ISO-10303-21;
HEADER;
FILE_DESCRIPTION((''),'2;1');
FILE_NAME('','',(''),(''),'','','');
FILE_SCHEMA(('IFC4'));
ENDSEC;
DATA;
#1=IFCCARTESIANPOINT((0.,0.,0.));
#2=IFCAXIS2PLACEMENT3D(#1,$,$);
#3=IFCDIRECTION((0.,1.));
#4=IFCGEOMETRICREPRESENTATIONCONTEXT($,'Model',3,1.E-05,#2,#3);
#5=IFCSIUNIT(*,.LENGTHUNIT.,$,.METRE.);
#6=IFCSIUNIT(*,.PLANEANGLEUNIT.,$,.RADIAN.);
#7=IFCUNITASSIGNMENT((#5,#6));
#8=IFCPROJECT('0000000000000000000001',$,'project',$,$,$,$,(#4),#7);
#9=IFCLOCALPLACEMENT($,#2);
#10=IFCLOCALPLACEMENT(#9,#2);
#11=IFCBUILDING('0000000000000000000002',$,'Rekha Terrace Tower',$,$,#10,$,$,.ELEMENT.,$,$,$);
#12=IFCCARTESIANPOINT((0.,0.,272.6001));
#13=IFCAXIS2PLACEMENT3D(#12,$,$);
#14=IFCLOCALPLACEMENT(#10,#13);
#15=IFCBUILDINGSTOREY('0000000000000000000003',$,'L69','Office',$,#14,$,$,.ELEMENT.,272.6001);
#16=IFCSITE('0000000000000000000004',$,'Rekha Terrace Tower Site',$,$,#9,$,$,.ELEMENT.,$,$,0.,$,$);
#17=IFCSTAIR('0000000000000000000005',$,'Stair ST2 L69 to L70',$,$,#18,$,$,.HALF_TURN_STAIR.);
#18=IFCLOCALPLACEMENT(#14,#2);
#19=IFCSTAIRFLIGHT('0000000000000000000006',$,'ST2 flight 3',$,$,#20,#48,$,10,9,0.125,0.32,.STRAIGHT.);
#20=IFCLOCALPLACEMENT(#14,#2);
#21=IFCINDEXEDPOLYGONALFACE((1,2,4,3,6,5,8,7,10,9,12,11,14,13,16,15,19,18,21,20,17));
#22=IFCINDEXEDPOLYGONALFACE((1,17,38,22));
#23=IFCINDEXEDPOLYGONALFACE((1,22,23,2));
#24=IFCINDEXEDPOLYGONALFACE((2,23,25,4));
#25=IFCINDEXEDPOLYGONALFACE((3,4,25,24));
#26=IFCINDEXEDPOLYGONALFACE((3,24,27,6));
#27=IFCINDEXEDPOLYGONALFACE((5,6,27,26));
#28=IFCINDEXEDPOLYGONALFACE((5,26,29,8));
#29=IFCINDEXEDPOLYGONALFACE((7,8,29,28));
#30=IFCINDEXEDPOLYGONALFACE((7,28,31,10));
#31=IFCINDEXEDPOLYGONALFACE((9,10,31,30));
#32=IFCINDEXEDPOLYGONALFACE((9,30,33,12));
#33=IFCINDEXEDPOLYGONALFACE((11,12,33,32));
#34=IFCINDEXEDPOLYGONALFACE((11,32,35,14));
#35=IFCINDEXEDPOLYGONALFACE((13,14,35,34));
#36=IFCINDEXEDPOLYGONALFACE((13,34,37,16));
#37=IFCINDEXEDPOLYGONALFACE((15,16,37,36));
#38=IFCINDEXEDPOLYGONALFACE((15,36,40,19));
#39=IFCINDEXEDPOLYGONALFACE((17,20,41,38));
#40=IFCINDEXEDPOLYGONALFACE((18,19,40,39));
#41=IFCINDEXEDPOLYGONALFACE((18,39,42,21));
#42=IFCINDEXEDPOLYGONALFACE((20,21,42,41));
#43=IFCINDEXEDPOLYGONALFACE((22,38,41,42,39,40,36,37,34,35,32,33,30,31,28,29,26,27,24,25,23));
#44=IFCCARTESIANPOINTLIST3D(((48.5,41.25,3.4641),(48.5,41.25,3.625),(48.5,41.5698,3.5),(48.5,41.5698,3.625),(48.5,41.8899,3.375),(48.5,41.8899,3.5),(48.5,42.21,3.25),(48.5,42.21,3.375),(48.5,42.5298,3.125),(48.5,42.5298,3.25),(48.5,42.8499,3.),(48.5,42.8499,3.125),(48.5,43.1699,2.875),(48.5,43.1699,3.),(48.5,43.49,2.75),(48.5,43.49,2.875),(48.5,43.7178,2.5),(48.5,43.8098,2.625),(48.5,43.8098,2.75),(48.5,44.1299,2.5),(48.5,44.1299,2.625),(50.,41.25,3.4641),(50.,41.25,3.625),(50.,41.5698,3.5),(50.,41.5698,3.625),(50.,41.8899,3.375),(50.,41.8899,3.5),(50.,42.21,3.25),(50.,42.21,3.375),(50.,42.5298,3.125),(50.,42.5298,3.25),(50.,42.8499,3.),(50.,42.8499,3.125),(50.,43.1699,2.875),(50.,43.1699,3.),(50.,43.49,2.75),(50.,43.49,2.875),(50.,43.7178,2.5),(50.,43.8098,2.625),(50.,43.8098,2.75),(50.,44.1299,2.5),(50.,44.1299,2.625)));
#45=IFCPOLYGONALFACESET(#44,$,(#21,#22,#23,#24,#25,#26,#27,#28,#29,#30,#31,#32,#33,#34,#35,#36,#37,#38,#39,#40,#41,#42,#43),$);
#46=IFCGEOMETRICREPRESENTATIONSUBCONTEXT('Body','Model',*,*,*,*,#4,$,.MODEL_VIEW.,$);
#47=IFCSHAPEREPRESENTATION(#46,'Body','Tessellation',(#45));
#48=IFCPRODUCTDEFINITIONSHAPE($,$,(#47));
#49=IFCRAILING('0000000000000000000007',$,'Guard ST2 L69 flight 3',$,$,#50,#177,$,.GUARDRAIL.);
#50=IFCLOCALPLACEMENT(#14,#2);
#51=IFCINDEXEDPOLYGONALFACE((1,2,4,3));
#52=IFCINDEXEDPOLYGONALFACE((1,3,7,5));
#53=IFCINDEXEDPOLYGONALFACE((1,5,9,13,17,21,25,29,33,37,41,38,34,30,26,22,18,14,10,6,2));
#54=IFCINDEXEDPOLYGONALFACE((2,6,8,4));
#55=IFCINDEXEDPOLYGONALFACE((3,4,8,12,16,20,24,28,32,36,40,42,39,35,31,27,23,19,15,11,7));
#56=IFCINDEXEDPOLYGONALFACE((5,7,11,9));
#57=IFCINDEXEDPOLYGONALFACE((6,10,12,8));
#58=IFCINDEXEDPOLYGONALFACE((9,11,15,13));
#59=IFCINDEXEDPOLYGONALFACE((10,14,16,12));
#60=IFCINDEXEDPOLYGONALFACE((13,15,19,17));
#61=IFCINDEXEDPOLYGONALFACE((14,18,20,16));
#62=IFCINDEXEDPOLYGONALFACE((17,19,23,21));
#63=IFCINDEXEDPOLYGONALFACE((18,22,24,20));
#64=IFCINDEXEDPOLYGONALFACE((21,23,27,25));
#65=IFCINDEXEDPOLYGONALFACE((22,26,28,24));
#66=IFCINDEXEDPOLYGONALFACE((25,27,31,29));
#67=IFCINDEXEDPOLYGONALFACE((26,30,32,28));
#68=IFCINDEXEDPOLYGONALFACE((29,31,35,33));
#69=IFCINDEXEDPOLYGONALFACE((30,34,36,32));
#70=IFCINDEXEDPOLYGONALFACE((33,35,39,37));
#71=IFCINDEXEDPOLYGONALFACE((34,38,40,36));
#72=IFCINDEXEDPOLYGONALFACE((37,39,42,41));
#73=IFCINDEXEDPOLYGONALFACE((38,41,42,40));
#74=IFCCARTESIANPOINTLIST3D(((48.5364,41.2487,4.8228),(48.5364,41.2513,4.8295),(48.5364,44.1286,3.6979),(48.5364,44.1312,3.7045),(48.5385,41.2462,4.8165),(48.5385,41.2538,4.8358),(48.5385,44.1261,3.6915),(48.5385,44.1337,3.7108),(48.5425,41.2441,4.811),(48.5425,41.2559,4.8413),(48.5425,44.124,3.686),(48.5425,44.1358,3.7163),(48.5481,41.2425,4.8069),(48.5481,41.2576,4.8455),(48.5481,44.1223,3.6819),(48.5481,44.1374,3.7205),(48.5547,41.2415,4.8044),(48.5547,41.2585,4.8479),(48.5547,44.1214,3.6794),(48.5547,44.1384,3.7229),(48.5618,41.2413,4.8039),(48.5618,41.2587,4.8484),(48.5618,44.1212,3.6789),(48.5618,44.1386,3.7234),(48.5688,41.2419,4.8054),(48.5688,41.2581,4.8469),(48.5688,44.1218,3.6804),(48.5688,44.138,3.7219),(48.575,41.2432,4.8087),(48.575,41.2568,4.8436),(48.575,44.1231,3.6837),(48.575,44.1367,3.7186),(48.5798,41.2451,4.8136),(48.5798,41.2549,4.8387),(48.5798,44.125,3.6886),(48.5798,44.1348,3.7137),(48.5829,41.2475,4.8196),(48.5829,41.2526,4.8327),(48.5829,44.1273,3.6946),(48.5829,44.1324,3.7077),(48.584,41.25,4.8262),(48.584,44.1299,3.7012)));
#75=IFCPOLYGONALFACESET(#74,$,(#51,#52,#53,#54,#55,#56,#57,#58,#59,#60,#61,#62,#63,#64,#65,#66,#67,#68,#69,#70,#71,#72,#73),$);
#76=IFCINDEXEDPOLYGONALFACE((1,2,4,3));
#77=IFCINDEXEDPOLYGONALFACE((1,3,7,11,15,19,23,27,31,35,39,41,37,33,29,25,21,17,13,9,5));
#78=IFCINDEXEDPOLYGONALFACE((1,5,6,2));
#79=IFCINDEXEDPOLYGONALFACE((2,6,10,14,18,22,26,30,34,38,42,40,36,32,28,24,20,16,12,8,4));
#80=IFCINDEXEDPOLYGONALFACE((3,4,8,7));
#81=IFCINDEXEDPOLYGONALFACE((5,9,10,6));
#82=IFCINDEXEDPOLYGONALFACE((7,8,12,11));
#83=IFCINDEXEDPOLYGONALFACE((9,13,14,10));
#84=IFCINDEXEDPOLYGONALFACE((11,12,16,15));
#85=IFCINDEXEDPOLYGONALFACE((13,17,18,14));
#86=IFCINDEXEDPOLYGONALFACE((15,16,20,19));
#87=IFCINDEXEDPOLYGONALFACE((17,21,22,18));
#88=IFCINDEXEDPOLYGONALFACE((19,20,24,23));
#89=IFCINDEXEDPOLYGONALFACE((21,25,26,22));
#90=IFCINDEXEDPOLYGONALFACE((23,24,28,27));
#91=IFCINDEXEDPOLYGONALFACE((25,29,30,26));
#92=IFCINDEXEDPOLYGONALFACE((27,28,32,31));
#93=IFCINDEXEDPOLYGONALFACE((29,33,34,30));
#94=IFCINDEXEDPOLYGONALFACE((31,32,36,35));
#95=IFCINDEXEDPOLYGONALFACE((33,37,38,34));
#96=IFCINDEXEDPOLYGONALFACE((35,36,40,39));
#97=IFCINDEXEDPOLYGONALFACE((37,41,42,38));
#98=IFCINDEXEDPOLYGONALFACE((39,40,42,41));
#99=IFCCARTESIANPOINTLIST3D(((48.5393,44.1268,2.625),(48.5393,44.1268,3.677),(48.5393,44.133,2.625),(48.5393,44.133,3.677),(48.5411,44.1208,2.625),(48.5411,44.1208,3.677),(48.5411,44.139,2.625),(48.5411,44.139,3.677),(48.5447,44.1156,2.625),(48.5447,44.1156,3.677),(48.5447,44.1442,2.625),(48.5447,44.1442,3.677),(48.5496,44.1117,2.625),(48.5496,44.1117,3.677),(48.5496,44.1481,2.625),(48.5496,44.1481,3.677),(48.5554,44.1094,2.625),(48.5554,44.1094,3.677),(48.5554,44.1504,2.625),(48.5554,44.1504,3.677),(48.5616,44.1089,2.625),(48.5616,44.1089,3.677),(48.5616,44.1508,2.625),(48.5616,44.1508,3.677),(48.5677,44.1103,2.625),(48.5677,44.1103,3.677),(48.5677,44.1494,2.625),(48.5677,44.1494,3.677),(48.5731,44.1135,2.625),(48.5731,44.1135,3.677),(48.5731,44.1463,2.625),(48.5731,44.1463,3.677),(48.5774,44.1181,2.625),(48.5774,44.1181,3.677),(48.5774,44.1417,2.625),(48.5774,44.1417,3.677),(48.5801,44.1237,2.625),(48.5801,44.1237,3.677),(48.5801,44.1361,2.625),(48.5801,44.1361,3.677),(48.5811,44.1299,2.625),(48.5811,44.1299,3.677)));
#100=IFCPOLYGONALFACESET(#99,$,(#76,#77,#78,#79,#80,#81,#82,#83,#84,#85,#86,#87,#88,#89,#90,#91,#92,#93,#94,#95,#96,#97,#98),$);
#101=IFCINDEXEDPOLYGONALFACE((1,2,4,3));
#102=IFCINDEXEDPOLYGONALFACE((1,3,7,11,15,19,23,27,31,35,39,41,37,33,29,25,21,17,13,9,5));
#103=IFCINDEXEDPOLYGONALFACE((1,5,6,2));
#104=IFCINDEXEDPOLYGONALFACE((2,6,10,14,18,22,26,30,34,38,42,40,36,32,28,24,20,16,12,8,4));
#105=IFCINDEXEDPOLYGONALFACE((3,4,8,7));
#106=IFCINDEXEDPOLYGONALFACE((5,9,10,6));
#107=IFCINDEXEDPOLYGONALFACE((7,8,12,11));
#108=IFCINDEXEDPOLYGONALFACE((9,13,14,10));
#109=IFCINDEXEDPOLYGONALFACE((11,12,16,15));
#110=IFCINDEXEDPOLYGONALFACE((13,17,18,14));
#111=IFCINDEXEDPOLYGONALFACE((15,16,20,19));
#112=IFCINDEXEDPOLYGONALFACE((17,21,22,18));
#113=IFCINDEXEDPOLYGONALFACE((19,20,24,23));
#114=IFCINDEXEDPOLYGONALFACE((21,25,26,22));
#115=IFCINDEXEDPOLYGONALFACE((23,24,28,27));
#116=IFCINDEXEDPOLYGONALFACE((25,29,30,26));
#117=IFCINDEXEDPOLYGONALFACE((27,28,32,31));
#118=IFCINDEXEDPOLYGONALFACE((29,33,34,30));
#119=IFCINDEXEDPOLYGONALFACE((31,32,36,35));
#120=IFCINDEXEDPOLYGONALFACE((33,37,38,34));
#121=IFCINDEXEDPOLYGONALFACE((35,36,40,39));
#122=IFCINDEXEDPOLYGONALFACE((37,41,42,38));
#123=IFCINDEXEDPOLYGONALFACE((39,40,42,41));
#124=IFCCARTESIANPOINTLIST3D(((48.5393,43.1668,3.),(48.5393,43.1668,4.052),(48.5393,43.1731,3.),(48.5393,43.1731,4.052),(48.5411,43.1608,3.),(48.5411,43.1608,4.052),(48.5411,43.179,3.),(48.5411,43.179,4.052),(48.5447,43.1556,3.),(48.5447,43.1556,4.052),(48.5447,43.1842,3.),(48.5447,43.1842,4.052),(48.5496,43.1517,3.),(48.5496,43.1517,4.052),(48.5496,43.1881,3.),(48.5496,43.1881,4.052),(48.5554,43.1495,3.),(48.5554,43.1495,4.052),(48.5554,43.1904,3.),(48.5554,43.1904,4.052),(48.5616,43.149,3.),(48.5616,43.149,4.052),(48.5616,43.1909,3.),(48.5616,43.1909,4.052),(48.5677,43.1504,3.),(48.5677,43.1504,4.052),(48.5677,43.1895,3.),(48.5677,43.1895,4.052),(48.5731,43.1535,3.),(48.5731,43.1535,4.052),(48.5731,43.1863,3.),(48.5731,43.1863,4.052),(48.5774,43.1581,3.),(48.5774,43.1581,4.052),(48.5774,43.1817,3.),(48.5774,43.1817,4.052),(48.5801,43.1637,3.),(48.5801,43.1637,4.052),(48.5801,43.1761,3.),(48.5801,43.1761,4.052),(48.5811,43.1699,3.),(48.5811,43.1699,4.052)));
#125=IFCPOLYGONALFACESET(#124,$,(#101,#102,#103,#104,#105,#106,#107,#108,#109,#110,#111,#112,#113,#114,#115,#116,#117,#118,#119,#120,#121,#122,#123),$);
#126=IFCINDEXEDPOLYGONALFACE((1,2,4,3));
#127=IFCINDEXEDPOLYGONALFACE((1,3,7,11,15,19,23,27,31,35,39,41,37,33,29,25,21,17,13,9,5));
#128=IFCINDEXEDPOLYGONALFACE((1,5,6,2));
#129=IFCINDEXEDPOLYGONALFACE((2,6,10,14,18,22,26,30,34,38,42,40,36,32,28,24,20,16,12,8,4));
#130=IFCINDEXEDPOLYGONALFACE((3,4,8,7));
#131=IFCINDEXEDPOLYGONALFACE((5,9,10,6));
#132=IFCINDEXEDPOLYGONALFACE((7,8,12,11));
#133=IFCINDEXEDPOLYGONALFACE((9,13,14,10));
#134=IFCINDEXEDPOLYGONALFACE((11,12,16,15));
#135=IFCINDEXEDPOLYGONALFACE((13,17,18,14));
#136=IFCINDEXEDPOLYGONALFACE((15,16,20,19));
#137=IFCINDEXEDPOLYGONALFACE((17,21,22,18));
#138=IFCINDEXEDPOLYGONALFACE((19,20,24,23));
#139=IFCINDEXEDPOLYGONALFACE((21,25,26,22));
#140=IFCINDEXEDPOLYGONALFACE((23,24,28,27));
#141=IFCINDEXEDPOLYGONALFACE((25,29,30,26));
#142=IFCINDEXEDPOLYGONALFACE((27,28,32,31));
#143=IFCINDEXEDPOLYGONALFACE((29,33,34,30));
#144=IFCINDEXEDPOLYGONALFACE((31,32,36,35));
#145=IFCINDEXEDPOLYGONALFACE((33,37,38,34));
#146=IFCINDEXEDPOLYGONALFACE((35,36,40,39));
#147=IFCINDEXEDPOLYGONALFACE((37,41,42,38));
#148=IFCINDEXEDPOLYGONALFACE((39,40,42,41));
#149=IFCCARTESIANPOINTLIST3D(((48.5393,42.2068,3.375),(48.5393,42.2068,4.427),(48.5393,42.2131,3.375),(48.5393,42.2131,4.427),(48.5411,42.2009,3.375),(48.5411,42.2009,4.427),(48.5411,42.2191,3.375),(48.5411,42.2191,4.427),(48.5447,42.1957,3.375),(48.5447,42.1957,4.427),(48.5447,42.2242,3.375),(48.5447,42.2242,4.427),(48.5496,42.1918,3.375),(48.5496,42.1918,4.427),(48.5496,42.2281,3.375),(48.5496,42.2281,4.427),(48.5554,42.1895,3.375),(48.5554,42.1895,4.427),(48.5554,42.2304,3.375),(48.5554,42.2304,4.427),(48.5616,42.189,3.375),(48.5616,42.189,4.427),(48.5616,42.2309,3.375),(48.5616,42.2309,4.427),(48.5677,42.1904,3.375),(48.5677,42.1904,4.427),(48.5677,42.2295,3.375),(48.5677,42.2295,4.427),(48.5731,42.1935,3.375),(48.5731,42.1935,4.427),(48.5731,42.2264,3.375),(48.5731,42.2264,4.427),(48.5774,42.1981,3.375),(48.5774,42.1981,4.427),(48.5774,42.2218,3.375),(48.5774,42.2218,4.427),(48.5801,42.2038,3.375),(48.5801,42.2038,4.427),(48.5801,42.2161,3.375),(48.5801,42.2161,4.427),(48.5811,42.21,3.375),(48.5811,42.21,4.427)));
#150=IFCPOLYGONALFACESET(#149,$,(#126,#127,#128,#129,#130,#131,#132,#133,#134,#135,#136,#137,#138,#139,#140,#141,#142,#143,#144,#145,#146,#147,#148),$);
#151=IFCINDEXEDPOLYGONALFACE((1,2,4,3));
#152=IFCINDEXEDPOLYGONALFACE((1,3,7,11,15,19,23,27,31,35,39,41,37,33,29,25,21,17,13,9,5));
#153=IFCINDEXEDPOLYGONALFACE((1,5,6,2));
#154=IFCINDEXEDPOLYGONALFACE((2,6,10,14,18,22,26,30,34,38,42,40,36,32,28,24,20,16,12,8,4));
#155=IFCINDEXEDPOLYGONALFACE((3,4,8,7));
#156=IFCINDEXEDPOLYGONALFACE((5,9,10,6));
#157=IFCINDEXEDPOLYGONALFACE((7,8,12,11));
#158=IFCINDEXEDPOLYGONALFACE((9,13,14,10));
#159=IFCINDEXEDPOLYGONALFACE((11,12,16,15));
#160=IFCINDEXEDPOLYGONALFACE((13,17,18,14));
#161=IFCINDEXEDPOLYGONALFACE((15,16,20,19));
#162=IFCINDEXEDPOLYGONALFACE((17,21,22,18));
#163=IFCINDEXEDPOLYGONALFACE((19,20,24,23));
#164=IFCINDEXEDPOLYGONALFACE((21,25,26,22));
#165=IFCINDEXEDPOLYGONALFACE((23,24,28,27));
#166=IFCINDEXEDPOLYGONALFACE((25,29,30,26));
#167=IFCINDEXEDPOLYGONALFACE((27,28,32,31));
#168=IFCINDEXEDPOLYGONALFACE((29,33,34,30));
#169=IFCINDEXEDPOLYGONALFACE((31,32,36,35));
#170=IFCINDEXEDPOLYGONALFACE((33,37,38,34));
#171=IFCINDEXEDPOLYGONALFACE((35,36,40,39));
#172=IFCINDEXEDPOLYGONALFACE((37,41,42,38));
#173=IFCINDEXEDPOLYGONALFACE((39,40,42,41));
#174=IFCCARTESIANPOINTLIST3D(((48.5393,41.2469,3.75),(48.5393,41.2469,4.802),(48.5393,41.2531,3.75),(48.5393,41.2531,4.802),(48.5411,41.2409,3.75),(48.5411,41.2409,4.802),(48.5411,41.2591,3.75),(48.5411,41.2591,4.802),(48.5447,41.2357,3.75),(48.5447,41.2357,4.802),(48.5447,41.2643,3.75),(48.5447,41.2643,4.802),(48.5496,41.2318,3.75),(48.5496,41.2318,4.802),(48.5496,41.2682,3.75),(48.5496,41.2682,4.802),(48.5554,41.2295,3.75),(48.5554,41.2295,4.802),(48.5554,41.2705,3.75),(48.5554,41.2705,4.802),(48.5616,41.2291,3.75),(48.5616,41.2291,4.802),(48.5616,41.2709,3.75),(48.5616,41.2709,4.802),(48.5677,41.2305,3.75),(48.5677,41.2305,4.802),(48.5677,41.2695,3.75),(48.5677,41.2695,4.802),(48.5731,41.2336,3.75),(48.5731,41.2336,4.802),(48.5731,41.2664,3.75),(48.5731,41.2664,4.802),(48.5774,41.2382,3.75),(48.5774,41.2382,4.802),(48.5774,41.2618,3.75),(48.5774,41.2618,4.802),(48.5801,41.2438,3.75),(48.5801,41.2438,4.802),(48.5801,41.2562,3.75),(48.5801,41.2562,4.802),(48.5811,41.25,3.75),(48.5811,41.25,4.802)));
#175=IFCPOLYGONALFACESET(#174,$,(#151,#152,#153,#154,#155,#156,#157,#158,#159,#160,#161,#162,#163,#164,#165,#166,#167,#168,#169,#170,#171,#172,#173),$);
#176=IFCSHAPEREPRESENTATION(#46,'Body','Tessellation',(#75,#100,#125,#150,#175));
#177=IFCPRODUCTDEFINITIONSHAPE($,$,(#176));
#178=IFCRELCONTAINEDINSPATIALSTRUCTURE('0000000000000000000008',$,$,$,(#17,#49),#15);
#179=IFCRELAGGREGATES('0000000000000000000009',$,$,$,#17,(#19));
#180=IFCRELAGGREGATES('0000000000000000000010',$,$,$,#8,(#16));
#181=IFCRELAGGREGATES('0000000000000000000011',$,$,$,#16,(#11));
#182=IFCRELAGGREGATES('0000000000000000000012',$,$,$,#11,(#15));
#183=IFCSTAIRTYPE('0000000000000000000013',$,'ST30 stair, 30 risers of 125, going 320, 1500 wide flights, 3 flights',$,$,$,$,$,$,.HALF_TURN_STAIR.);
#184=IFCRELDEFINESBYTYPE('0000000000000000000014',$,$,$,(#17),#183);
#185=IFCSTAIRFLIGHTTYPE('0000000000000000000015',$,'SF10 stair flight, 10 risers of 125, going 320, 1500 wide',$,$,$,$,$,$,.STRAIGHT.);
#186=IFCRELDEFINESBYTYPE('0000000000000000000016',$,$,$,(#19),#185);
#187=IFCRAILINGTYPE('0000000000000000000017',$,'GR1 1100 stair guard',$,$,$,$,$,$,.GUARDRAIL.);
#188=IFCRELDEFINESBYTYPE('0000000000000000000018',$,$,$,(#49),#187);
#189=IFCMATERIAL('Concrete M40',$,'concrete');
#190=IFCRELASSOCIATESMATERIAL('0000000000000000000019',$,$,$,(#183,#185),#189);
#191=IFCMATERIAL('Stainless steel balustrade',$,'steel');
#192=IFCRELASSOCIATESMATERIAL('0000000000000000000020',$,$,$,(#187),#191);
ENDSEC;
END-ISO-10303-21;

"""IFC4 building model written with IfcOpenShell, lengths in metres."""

from ifc_helpers import new_model, si_unit, direction, frame, origin, origin_2d, place, context, subcontext, project, spatial, polyline, circle, outline, extrude, material, type_object, element, aggregate, save


model = new_model("IFC4")

# Units and contexts
model_context = context("Model", 3, precision=1e-05, world=origin(), true_north=direction((0.0, 1.0)))
body_context = subcontext(model_context, "Body", "Model", "MODEL_VIEW")
ifc_project = project(units=[si_unit("LENGTHUNIT", "METRE"), si_unit("PLANEANGLEUNIT", "RADIAN")], contexts=[model_context])

# Site, building, storey
site_placement = place(None, origin())
site = spatial("IfcSite", under=ifc_project, at=site_placement, Name="Rekha Terrace Tower Site", CompositionType="ELEMENT", RefElevation=0.0)
building_placement = place(site_placement, origin())
building = spatial("IfcBuilding", under=site, at=building_placement, Name="Rekha Terrace Tower", CompositionType="ELEMENT")
storey_placement = place(building_placement, frame((0.0, 0.0, 272.6001)))
storey = spatial("IfcBuildingStorey", under=building, at=storey_placement, Name="L69", Description="Office", CompositionType="ELEMENT", Elevation=272.6001)

# Stair, stair flight
ifc_material_1 = material(Name="Concrete M40", Category="concrete")
stair_type = type_object("IfcStairType", Name="ST30 stair, 30 risers of 125, going 320, 1500 wide flights, 3 flights", PredefinedType="HALF_TURN_STAIR", material=ifc_material_1)
stair_placement = place(storey_placement, origin())
stair = element("IfcStair", 1, at=stair_placement, inside=storey, type_object=stair_type, Name="Stair ST2 L69 to L70", PredefinedType="HALF_TURN_STAIR")
stair_flight_type = type_object("IfcStairFlightType", Name="SF10 stair flight, 10 risers of 125, going 320, 1500 wide", PredefinedType="STRAIGHT", material=ifc_material_1)
stair_flight_placement = place(storey_placement, frame((49.25, 44.1299, 2.5), z_axis=(0.0, 0.0, 1.0), x_axis=(0.0, -1.0, 0.0)))
stair_flight = element("IfcStairFlight", 2, at=stair_flight_placement, type_object=stair_flight_type, Name="ST2 flight 3", NumberOfRisers=10, NumberOfTreads=9, PredefinedType="STRAIGHT", RiserHeight=0.125, TreadLength=0.32, context=body_context, shape_type="SweptSolid", body=[
    extrude(outline(polyline([(0.0, 0.0), (0.0, 0.125), (0.3201, 0.125), (0.3201, 0.25), (0.6399, 0.25), (0.6399, 0.375), (0.96, 0.375), (0.96, 0.5), (1.28, 0.5), (1.28, 0.625), (1.6001, 0.625), (1.6001, 0.75), (1.9199, 0.75), (1.9199, 0.875), (2.24, 0.875), (2.24, 1.0), (2.5601, 1.0), (2.5601, 1.125), (2.8799, 1.125), (2.8799, 1.25), (2.8799, 0.9641), (0.4121, 0.0), (0.0, 0.0)])), frame((0.0, 0.75, 0.0), z_axis=(0.0, -1.0, 0.0), x_axis=(1.0, 0.0, 0.0)), (0.0, 0.0, 1.0), 1.5),
])
aggregate(stair, [stair_flight])

# Railing
ifc_material_2 = material(Name="Stainless steel balustrade", Category="steel")
railing_type_1 = type_object("IfcRailingType", Name="GR1 1100 stair guard", PredefinedType="GUARDRAIL", material=ifc_material_2)
railing_1_placement = place(storey_placement, frame((48.5601, 44.1299, 2.625)))
element("IfcRailing", 3, at=railing_1_placement, inside=storey, type_object=railing_type_1, Name="Guard ST2 L69 flight 3", PredefinedType="GUARDRAIL", context=body_context, shape_type="SweptSolid", body=[
    extrude(circle(Radius=0.0239, at=origin_2d()), frame((0.0, 0.0, 1.0762), z_axis=(0.0, -0.931452, 0.363863), x_axis=(1.0, 0.0, 0.0)), (0.0, 0.0, 1.0), 3.0918),
    extrude(circle(Radius=0.021, at=origin_2d()), origin(), (0.0, 0.0, 1.0), 1.052),
    extrude(circle(Radius=0.021, at=origin_2d()), frame((0.0, -0.96, 0.375)), (0.0, 0.0, 1.0), 1.052),
    extrude(circle(Radius=0.021, at=origin_2d()), frame((0.0, -1.9199, 0.75)), (0.0, 0.0, 1.0), 1.052),
    extrude(circle(Radius=0.021, at=origin_2d()), frame((0.0, -2.8799, 1.125)), (0.0, 0.0, 1.0), 1.052),
])

save(model, "model.ifc")
